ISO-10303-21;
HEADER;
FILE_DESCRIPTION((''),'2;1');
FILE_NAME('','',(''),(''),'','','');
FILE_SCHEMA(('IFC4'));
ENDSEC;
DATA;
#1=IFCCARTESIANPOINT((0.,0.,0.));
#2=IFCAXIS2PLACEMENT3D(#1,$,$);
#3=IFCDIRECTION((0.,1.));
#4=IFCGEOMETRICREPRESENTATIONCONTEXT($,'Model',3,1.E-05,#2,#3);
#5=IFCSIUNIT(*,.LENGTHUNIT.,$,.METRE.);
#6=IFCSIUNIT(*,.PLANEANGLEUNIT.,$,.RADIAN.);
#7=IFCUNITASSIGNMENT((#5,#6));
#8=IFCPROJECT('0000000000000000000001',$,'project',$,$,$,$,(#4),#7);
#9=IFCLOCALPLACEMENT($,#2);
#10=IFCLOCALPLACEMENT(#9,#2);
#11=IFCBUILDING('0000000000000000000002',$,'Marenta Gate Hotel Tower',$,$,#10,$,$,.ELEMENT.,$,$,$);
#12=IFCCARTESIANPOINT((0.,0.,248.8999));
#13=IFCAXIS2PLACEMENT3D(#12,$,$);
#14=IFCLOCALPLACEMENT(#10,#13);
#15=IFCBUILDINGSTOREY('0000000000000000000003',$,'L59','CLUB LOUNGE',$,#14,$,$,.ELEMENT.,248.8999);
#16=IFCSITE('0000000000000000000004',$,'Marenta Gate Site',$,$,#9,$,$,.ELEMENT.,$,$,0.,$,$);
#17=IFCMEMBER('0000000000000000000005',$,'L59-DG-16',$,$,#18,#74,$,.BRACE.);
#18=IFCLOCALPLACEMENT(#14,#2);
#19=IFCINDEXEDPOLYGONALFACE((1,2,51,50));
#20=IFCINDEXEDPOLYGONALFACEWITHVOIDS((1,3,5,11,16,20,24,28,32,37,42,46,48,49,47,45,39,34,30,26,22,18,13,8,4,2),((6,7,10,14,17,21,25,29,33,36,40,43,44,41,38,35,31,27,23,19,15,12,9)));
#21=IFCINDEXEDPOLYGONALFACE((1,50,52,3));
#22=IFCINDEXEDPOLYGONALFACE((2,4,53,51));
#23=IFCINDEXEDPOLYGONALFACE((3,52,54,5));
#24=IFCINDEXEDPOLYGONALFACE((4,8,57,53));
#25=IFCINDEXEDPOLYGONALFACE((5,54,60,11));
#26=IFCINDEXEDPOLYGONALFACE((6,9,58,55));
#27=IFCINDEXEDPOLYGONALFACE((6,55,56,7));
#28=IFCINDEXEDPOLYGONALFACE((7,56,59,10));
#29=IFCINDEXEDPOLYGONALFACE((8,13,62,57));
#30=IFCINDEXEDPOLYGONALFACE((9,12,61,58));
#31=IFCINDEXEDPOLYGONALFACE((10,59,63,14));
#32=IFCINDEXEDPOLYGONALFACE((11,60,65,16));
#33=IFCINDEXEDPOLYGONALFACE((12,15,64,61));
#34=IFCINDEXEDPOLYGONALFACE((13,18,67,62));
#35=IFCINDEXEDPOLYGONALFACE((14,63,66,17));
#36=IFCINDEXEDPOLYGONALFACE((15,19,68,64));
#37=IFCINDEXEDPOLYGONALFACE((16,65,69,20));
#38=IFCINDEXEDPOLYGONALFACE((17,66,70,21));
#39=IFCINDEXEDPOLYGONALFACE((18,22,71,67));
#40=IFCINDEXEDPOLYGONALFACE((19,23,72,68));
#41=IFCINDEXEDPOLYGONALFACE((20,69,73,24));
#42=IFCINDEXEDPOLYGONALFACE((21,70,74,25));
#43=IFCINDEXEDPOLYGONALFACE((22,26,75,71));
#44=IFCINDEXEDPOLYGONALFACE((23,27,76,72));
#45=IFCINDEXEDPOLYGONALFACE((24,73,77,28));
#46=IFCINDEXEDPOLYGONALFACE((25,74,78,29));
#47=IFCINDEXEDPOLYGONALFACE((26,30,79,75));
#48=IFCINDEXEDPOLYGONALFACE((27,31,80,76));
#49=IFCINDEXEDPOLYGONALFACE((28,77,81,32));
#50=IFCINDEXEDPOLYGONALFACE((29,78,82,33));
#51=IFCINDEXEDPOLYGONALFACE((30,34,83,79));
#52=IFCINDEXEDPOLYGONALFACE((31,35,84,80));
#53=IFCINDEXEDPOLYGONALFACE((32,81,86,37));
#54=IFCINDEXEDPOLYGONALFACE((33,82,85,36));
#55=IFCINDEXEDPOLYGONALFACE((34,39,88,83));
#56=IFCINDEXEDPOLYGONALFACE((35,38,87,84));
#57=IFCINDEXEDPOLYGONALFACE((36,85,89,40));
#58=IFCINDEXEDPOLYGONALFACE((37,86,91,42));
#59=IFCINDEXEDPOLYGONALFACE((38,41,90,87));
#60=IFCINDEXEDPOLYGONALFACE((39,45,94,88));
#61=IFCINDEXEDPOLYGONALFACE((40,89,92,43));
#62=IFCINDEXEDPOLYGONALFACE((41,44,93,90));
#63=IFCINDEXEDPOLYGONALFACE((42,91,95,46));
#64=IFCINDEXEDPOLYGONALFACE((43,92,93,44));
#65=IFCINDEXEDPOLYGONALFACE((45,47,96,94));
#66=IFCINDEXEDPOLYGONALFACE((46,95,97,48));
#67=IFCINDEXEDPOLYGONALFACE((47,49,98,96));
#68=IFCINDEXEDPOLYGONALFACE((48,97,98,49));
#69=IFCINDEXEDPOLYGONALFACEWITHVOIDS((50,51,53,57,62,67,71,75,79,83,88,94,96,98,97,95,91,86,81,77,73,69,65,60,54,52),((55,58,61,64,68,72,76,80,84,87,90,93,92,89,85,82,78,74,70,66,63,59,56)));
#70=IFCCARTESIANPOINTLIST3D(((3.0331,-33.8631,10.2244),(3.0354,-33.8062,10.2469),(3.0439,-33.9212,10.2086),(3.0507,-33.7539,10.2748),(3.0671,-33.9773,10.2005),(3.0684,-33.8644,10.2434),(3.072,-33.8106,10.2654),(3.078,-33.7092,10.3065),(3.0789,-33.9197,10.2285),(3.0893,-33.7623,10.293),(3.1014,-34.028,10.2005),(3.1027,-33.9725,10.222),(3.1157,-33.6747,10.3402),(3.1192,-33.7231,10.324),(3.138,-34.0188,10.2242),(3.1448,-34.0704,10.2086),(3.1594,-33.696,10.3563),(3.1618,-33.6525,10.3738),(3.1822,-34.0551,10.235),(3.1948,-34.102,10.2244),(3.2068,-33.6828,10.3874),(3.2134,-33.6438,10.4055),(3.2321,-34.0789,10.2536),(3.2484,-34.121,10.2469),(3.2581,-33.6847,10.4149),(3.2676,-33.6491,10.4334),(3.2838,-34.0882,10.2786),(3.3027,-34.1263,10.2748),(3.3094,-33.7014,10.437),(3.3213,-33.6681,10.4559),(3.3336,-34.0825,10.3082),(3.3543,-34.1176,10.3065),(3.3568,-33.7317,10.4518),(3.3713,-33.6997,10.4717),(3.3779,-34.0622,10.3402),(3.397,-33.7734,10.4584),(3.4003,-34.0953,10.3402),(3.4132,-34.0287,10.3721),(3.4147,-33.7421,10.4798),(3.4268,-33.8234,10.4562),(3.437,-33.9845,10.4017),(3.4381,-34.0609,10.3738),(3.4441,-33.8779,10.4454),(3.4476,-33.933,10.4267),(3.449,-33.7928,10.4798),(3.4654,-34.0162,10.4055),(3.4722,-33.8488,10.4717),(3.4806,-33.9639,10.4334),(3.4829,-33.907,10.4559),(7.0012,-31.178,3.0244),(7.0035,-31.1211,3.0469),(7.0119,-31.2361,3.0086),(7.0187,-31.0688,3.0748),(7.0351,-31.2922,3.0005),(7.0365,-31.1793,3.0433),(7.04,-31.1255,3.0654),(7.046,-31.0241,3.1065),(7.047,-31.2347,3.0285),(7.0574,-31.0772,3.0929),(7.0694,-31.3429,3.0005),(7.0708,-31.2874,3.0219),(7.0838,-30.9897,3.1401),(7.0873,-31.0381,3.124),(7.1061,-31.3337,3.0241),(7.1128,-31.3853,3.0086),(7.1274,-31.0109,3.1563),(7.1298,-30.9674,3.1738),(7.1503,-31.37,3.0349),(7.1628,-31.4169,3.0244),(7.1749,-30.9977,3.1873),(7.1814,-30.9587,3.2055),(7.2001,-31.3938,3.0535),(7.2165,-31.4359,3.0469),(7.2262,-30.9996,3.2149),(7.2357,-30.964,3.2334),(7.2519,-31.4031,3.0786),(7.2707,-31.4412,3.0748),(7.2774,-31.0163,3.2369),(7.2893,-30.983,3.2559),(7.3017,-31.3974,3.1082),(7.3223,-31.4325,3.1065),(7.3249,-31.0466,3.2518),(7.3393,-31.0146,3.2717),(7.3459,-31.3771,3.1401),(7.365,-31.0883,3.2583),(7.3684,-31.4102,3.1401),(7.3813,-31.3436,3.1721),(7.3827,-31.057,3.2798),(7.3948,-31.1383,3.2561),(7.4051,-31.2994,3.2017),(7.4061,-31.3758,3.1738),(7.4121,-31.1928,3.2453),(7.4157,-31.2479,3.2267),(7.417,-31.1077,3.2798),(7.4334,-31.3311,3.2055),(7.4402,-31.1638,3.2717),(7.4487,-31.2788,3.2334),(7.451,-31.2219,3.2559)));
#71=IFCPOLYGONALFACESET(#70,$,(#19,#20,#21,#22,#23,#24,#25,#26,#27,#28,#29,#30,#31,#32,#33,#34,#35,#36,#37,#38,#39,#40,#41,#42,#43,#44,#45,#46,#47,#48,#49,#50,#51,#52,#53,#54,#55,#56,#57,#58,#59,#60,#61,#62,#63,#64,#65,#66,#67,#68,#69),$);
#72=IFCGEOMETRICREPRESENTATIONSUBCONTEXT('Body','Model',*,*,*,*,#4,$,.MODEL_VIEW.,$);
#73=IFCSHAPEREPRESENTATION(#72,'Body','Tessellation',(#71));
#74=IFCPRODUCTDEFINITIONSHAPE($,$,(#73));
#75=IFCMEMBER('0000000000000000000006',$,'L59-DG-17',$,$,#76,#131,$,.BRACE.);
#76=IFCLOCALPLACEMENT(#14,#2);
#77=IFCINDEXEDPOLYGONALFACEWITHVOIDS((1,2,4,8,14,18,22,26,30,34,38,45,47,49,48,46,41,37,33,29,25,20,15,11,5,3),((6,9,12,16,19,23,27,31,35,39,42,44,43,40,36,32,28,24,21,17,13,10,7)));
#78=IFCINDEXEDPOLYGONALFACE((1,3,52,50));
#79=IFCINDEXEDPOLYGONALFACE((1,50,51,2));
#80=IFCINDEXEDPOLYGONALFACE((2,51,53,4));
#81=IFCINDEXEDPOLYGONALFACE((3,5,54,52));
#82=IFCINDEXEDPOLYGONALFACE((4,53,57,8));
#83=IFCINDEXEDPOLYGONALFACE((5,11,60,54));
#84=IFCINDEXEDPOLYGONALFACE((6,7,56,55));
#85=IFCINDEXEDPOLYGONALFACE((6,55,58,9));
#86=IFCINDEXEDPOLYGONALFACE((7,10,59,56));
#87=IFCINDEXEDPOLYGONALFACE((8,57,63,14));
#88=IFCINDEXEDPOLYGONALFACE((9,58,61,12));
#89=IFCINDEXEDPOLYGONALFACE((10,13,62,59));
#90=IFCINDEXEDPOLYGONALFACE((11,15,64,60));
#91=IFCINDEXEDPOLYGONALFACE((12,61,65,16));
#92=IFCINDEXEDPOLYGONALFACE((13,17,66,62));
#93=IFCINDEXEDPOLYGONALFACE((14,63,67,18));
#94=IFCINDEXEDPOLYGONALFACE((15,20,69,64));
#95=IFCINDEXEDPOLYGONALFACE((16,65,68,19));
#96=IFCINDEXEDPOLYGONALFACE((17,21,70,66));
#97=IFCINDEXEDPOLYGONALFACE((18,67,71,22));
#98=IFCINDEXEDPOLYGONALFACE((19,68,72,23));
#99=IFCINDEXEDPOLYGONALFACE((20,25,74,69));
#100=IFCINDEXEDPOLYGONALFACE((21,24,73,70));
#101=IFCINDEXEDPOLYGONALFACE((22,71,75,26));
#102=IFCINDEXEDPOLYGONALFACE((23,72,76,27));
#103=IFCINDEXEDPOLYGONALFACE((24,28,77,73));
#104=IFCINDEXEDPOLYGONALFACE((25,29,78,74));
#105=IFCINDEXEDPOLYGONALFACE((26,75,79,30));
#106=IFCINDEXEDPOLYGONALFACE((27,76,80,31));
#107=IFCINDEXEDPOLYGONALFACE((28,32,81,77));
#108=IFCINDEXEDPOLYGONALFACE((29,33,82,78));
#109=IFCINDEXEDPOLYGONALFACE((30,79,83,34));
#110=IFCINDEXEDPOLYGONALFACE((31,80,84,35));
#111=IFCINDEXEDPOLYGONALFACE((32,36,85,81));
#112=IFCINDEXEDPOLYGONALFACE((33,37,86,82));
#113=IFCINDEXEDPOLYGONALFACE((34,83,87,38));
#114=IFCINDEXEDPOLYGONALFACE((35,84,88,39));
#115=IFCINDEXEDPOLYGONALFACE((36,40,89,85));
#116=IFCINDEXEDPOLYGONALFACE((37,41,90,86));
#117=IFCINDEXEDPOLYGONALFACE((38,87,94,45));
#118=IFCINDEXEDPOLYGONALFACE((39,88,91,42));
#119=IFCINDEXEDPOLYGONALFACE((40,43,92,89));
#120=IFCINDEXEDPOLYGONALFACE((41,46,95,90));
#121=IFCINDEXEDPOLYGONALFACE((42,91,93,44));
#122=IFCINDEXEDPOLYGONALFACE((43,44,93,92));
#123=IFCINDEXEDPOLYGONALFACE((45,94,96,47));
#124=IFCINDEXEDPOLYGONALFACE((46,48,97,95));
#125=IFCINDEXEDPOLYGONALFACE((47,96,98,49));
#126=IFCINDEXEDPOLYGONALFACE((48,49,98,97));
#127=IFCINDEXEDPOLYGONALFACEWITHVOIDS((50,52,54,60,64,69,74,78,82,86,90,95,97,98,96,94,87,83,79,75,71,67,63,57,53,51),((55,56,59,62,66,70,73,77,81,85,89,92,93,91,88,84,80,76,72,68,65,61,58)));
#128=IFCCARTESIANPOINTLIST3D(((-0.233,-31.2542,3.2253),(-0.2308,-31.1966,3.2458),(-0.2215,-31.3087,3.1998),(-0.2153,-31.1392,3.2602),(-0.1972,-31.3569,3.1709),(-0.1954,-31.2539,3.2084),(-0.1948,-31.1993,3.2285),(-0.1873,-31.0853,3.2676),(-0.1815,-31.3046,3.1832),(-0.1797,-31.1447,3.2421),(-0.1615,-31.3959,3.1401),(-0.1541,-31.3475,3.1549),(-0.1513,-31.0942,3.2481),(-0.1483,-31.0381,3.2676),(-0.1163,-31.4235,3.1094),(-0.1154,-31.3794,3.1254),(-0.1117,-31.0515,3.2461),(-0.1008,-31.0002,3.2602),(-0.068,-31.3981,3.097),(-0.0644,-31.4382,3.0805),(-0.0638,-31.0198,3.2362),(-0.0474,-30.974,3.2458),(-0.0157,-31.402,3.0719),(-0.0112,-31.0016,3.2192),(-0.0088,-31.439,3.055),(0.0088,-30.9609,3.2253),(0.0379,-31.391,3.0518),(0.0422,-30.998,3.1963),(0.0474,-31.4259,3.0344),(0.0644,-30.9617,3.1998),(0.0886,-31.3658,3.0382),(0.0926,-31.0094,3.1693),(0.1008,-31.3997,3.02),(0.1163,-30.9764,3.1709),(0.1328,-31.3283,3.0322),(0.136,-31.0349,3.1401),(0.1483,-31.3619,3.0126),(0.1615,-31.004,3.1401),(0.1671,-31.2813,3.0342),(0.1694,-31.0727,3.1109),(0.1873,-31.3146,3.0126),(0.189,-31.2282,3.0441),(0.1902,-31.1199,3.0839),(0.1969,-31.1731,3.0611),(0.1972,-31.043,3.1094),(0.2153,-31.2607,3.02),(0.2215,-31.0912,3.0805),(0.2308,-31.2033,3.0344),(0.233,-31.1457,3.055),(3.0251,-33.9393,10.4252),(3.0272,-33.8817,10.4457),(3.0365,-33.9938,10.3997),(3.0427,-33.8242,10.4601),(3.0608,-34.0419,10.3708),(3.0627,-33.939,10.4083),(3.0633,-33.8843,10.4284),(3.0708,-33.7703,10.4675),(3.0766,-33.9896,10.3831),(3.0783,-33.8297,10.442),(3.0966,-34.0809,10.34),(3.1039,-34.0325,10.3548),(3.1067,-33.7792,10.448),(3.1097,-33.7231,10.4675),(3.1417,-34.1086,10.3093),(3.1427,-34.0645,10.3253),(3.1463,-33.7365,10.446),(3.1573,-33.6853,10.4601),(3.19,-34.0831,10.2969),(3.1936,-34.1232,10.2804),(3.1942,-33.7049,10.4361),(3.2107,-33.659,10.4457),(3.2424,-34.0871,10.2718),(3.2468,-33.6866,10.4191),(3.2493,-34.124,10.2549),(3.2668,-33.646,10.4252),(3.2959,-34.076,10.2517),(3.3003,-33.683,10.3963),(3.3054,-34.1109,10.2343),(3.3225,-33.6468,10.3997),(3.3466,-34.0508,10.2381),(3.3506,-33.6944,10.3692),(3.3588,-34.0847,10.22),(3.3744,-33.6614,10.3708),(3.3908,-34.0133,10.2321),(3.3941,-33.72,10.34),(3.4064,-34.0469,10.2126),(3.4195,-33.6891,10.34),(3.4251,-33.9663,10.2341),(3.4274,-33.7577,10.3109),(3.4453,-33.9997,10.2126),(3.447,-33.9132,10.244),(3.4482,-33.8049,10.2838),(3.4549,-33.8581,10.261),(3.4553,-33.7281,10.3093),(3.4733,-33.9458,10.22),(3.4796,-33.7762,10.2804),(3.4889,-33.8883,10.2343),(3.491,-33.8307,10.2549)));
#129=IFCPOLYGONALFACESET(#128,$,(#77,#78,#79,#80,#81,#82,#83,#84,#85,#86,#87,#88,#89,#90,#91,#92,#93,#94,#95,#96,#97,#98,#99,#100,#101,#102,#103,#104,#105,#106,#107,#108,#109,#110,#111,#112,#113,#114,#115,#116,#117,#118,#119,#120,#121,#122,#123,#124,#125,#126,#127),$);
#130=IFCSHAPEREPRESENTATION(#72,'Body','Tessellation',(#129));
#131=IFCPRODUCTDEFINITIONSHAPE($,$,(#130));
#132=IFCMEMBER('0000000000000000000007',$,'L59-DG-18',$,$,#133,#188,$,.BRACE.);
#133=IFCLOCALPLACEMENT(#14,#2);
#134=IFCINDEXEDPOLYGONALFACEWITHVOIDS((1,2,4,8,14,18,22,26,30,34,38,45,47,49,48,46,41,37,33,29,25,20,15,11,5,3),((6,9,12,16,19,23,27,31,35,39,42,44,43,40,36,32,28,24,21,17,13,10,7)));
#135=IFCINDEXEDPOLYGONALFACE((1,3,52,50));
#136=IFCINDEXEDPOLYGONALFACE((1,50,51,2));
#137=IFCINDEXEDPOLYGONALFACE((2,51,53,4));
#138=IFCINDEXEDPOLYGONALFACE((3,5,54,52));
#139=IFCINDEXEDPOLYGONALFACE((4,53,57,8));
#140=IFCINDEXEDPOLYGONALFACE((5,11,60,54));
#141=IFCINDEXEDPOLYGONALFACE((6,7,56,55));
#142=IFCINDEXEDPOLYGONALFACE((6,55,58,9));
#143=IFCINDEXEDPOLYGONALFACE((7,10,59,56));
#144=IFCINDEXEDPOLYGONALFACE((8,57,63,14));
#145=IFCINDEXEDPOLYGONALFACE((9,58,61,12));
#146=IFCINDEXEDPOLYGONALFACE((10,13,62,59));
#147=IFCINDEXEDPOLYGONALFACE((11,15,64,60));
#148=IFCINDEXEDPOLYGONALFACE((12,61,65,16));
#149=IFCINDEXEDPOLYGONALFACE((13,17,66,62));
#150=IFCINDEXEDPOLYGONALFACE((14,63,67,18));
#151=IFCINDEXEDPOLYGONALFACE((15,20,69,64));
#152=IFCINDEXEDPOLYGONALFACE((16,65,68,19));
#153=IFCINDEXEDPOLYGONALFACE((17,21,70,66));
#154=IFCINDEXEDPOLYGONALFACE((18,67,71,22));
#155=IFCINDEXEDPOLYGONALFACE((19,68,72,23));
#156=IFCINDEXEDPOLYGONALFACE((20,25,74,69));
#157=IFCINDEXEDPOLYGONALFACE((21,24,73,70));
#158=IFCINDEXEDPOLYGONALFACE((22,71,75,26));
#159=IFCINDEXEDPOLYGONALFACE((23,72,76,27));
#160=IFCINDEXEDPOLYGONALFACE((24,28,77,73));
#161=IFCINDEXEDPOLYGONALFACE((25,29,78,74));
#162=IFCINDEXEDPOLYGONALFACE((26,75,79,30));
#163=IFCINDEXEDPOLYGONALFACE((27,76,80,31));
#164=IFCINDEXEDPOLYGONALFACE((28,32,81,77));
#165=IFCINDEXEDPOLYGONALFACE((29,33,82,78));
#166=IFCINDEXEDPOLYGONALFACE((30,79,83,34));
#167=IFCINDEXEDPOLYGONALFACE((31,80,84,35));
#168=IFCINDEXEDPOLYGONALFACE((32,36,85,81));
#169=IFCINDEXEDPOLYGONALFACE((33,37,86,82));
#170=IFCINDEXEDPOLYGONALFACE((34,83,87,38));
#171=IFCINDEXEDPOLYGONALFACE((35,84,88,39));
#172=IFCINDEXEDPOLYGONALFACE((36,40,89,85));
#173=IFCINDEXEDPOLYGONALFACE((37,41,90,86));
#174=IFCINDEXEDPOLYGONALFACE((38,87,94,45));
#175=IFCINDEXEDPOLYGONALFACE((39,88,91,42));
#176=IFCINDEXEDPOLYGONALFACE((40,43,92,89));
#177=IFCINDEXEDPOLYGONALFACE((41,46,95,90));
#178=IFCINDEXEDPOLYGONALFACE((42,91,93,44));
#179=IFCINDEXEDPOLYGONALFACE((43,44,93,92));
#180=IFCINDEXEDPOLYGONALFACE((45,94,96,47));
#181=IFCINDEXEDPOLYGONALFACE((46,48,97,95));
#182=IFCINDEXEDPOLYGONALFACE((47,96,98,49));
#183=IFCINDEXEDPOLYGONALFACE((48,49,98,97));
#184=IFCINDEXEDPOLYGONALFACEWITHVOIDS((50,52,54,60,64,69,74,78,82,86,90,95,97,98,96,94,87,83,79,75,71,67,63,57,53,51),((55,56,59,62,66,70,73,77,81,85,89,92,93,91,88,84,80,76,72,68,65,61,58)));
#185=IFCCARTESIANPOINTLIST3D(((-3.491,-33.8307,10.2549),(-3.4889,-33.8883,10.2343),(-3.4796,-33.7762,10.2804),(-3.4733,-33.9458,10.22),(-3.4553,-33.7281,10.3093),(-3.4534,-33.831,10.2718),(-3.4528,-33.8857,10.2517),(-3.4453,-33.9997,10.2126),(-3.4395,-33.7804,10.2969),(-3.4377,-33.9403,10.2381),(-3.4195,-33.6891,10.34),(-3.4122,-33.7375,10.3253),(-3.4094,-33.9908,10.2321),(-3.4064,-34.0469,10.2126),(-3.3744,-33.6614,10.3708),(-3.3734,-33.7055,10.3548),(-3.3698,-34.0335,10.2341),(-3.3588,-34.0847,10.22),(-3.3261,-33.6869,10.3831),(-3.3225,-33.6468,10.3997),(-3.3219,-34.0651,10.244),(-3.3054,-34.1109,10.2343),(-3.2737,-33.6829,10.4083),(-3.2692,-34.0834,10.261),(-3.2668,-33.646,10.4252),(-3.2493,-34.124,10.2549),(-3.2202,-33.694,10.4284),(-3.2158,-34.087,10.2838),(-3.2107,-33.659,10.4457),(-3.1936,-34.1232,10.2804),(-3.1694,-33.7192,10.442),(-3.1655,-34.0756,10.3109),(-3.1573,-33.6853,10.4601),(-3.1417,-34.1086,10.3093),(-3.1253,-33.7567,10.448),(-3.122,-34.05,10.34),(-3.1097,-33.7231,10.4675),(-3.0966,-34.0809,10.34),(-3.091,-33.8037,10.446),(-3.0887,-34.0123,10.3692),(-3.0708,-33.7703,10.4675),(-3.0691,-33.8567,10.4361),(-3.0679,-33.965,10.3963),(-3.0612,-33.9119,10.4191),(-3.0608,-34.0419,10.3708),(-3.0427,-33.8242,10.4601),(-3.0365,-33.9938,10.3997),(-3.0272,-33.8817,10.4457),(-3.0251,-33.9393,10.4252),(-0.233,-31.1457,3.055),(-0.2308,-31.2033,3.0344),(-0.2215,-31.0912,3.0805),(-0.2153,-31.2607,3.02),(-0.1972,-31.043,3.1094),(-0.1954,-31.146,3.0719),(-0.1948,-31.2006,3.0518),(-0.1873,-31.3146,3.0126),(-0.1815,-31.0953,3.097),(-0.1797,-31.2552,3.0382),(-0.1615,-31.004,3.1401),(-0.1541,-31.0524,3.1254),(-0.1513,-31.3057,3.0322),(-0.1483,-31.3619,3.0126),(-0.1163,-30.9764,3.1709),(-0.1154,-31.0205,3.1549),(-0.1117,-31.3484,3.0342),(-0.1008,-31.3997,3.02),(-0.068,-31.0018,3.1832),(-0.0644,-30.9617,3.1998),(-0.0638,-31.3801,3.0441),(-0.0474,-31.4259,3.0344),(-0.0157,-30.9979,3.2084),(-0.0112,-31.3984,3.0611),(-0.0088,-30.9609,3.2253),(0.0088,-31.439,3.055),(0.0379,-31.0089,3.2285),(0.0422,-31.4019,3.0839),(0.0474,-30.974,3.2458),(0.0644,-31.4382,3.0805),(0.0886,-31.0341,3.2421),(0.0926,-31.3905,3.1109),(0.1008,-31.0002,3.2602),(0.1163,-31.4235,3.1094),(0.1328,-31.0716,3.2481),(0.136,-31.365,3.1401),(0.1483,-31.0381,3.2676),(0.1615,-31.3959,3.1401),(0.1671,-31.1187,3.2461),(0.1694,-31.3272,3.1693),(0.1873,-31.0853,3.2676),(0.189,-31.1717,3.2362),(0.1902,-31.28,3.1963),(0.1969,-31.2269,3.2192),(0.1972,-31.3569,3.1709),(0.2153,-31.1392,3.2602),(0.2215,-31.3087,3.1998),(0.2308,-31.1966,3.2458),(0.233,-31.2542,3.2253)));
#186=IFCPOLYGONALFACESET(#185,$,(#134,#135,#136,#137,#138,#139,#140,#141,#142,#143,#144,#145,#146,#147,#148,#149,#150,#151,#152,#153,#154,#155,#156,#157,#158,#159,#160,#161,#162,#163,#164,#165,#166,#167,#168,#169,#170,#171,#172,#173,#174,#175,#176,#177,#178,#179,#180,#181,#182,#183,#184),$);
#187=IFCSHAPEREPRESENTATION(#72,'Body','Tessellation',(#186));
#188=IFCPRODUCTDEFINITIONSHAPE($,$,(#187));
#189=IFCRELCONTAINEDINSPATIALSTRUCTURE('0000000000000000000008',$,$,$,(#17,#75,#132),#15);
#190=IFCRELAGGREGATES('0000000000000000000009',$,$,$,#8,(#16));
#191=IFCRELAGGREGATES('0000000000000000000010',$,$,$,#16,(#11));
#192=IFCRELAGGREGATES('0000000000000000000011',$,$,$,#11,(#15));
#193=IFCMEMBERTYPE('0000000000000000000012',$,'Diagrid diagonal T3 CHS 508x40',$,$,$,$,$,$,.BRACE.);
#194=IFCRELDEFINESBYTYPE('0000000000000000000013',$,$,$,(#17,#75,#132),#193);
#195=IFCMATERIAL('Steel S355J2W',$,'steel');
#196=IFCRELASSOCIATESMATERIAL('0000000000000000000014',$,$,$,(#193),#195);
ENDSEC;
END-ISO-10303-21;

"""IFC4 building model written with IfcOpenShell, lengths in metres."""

from ifc_helpers import new_model, si_unit, direction, frame, origin, origin_2d, place, context, subcontext, project, spatial, hollow_circle, extrude, material, material_profile, profile_set, type_object, element, save


model = new_model("IFC4")

# Units and contexts
model_context = context("Model", 3, precision=1e-05, world=origin(), true_north=direction((0.0, 1.0)))
body_context = subcontext(model_context, "Body", "Model", "MODEL_VIEW")
ifc_project = project(units=[si_unit("LENGTHUNIT", "METRE"), si_unit("PLANEANGLEUNIT", "RADIAN")], contexts=[model_context])

# Site, building, storey
site_placement = place(None, origin())
site = spatial("IfcSite", under=ifc_project, at=site_placement, Name="Marenta Gate Site", CompositionType="ELEMENT", RefElevation=0.0)
building_placement = place(site_placement, origin())
building = spatial("IfcBuilding", under=site, at=building_placement, Name="Marenta Gate Hotel Tower", CompositionType="ELEMENT")
storey_placement = place(building_placement, frame((0.0, 0.0, 248.8999)))
storey = spatial("IfcBuildingStorey", under=building, at=storey_placement, Name="L59", Description="CLUB LOUNGE", CompositionType="ELEMENT", Elevation=248.8999)

# Members
ifc_material_1 = material(Name="Steel S355J2W", Category="steel")
ifc_material_profile_1 = material_profile(ifc_material_1, hollow_circle(Radius=0.2539, WallThickness=0.04, at=origin_2d()), Name="CHS 508x40")
ifc_profile_set_1 = profile_set([ifc_material_profile_1], Name="Steel S355J2W")
member_type_1 = type_object("IfcMemberType", Name="Diagrid diagonal T3 CHS 508x40", PredefinedType="BRACE", material=ifc_profile_set_1)
member_1_placement = place(storey_placement, frame((7.2261, -31.2, 3.1401), z_axis=(-0.458818, -0.310471, 0.832523), x_axis=(0.560426, -0.828205, 0.0)))
element("IfcMember", 1, at=member_1_placement, inside=storey, type_object=member_type_1, Name="L59-DG-16", PredefinedType="BRACE", context=body_context, shape_type="SweptSolid", body=[
    extrude(hollow_circle(Radius=0.2539, WallThickness=0.04, at=origin_2d()), origin(), (0.0, 0.0, 1.0), 8.6484),
])
for number, where, z_axis, x_axis, name in (
    (2, (0.0, -31.2, 3.1401), (0.390351, -0.321699, 0.862633), (0.635983, 0.771703, 0.0), "L59-DG-17"),
    (3, (0.0, -31.2, 3.1401), (-0.390351, -0.321699, 0.862633), (0.635983, -0.771703, 0.0), "L59-DG-18"),
):
    element("IfcMember", number, at=place(storey_placement, frame(where, z_axis=z_axis, x_axis=x_axis)), inside=storey, type_object=member_type_1, Name=name, PredefinedType="BRACE", context=body_context, shape_type="SweptSolid", body=[
        extrude(hollow_circle(Radius=0.2539, WallThickness=0.04, at=origin_2d()), origin(), (0.0, 0.0, 1.0), 8.3464),
    ])

save(model, "model.ifc")
